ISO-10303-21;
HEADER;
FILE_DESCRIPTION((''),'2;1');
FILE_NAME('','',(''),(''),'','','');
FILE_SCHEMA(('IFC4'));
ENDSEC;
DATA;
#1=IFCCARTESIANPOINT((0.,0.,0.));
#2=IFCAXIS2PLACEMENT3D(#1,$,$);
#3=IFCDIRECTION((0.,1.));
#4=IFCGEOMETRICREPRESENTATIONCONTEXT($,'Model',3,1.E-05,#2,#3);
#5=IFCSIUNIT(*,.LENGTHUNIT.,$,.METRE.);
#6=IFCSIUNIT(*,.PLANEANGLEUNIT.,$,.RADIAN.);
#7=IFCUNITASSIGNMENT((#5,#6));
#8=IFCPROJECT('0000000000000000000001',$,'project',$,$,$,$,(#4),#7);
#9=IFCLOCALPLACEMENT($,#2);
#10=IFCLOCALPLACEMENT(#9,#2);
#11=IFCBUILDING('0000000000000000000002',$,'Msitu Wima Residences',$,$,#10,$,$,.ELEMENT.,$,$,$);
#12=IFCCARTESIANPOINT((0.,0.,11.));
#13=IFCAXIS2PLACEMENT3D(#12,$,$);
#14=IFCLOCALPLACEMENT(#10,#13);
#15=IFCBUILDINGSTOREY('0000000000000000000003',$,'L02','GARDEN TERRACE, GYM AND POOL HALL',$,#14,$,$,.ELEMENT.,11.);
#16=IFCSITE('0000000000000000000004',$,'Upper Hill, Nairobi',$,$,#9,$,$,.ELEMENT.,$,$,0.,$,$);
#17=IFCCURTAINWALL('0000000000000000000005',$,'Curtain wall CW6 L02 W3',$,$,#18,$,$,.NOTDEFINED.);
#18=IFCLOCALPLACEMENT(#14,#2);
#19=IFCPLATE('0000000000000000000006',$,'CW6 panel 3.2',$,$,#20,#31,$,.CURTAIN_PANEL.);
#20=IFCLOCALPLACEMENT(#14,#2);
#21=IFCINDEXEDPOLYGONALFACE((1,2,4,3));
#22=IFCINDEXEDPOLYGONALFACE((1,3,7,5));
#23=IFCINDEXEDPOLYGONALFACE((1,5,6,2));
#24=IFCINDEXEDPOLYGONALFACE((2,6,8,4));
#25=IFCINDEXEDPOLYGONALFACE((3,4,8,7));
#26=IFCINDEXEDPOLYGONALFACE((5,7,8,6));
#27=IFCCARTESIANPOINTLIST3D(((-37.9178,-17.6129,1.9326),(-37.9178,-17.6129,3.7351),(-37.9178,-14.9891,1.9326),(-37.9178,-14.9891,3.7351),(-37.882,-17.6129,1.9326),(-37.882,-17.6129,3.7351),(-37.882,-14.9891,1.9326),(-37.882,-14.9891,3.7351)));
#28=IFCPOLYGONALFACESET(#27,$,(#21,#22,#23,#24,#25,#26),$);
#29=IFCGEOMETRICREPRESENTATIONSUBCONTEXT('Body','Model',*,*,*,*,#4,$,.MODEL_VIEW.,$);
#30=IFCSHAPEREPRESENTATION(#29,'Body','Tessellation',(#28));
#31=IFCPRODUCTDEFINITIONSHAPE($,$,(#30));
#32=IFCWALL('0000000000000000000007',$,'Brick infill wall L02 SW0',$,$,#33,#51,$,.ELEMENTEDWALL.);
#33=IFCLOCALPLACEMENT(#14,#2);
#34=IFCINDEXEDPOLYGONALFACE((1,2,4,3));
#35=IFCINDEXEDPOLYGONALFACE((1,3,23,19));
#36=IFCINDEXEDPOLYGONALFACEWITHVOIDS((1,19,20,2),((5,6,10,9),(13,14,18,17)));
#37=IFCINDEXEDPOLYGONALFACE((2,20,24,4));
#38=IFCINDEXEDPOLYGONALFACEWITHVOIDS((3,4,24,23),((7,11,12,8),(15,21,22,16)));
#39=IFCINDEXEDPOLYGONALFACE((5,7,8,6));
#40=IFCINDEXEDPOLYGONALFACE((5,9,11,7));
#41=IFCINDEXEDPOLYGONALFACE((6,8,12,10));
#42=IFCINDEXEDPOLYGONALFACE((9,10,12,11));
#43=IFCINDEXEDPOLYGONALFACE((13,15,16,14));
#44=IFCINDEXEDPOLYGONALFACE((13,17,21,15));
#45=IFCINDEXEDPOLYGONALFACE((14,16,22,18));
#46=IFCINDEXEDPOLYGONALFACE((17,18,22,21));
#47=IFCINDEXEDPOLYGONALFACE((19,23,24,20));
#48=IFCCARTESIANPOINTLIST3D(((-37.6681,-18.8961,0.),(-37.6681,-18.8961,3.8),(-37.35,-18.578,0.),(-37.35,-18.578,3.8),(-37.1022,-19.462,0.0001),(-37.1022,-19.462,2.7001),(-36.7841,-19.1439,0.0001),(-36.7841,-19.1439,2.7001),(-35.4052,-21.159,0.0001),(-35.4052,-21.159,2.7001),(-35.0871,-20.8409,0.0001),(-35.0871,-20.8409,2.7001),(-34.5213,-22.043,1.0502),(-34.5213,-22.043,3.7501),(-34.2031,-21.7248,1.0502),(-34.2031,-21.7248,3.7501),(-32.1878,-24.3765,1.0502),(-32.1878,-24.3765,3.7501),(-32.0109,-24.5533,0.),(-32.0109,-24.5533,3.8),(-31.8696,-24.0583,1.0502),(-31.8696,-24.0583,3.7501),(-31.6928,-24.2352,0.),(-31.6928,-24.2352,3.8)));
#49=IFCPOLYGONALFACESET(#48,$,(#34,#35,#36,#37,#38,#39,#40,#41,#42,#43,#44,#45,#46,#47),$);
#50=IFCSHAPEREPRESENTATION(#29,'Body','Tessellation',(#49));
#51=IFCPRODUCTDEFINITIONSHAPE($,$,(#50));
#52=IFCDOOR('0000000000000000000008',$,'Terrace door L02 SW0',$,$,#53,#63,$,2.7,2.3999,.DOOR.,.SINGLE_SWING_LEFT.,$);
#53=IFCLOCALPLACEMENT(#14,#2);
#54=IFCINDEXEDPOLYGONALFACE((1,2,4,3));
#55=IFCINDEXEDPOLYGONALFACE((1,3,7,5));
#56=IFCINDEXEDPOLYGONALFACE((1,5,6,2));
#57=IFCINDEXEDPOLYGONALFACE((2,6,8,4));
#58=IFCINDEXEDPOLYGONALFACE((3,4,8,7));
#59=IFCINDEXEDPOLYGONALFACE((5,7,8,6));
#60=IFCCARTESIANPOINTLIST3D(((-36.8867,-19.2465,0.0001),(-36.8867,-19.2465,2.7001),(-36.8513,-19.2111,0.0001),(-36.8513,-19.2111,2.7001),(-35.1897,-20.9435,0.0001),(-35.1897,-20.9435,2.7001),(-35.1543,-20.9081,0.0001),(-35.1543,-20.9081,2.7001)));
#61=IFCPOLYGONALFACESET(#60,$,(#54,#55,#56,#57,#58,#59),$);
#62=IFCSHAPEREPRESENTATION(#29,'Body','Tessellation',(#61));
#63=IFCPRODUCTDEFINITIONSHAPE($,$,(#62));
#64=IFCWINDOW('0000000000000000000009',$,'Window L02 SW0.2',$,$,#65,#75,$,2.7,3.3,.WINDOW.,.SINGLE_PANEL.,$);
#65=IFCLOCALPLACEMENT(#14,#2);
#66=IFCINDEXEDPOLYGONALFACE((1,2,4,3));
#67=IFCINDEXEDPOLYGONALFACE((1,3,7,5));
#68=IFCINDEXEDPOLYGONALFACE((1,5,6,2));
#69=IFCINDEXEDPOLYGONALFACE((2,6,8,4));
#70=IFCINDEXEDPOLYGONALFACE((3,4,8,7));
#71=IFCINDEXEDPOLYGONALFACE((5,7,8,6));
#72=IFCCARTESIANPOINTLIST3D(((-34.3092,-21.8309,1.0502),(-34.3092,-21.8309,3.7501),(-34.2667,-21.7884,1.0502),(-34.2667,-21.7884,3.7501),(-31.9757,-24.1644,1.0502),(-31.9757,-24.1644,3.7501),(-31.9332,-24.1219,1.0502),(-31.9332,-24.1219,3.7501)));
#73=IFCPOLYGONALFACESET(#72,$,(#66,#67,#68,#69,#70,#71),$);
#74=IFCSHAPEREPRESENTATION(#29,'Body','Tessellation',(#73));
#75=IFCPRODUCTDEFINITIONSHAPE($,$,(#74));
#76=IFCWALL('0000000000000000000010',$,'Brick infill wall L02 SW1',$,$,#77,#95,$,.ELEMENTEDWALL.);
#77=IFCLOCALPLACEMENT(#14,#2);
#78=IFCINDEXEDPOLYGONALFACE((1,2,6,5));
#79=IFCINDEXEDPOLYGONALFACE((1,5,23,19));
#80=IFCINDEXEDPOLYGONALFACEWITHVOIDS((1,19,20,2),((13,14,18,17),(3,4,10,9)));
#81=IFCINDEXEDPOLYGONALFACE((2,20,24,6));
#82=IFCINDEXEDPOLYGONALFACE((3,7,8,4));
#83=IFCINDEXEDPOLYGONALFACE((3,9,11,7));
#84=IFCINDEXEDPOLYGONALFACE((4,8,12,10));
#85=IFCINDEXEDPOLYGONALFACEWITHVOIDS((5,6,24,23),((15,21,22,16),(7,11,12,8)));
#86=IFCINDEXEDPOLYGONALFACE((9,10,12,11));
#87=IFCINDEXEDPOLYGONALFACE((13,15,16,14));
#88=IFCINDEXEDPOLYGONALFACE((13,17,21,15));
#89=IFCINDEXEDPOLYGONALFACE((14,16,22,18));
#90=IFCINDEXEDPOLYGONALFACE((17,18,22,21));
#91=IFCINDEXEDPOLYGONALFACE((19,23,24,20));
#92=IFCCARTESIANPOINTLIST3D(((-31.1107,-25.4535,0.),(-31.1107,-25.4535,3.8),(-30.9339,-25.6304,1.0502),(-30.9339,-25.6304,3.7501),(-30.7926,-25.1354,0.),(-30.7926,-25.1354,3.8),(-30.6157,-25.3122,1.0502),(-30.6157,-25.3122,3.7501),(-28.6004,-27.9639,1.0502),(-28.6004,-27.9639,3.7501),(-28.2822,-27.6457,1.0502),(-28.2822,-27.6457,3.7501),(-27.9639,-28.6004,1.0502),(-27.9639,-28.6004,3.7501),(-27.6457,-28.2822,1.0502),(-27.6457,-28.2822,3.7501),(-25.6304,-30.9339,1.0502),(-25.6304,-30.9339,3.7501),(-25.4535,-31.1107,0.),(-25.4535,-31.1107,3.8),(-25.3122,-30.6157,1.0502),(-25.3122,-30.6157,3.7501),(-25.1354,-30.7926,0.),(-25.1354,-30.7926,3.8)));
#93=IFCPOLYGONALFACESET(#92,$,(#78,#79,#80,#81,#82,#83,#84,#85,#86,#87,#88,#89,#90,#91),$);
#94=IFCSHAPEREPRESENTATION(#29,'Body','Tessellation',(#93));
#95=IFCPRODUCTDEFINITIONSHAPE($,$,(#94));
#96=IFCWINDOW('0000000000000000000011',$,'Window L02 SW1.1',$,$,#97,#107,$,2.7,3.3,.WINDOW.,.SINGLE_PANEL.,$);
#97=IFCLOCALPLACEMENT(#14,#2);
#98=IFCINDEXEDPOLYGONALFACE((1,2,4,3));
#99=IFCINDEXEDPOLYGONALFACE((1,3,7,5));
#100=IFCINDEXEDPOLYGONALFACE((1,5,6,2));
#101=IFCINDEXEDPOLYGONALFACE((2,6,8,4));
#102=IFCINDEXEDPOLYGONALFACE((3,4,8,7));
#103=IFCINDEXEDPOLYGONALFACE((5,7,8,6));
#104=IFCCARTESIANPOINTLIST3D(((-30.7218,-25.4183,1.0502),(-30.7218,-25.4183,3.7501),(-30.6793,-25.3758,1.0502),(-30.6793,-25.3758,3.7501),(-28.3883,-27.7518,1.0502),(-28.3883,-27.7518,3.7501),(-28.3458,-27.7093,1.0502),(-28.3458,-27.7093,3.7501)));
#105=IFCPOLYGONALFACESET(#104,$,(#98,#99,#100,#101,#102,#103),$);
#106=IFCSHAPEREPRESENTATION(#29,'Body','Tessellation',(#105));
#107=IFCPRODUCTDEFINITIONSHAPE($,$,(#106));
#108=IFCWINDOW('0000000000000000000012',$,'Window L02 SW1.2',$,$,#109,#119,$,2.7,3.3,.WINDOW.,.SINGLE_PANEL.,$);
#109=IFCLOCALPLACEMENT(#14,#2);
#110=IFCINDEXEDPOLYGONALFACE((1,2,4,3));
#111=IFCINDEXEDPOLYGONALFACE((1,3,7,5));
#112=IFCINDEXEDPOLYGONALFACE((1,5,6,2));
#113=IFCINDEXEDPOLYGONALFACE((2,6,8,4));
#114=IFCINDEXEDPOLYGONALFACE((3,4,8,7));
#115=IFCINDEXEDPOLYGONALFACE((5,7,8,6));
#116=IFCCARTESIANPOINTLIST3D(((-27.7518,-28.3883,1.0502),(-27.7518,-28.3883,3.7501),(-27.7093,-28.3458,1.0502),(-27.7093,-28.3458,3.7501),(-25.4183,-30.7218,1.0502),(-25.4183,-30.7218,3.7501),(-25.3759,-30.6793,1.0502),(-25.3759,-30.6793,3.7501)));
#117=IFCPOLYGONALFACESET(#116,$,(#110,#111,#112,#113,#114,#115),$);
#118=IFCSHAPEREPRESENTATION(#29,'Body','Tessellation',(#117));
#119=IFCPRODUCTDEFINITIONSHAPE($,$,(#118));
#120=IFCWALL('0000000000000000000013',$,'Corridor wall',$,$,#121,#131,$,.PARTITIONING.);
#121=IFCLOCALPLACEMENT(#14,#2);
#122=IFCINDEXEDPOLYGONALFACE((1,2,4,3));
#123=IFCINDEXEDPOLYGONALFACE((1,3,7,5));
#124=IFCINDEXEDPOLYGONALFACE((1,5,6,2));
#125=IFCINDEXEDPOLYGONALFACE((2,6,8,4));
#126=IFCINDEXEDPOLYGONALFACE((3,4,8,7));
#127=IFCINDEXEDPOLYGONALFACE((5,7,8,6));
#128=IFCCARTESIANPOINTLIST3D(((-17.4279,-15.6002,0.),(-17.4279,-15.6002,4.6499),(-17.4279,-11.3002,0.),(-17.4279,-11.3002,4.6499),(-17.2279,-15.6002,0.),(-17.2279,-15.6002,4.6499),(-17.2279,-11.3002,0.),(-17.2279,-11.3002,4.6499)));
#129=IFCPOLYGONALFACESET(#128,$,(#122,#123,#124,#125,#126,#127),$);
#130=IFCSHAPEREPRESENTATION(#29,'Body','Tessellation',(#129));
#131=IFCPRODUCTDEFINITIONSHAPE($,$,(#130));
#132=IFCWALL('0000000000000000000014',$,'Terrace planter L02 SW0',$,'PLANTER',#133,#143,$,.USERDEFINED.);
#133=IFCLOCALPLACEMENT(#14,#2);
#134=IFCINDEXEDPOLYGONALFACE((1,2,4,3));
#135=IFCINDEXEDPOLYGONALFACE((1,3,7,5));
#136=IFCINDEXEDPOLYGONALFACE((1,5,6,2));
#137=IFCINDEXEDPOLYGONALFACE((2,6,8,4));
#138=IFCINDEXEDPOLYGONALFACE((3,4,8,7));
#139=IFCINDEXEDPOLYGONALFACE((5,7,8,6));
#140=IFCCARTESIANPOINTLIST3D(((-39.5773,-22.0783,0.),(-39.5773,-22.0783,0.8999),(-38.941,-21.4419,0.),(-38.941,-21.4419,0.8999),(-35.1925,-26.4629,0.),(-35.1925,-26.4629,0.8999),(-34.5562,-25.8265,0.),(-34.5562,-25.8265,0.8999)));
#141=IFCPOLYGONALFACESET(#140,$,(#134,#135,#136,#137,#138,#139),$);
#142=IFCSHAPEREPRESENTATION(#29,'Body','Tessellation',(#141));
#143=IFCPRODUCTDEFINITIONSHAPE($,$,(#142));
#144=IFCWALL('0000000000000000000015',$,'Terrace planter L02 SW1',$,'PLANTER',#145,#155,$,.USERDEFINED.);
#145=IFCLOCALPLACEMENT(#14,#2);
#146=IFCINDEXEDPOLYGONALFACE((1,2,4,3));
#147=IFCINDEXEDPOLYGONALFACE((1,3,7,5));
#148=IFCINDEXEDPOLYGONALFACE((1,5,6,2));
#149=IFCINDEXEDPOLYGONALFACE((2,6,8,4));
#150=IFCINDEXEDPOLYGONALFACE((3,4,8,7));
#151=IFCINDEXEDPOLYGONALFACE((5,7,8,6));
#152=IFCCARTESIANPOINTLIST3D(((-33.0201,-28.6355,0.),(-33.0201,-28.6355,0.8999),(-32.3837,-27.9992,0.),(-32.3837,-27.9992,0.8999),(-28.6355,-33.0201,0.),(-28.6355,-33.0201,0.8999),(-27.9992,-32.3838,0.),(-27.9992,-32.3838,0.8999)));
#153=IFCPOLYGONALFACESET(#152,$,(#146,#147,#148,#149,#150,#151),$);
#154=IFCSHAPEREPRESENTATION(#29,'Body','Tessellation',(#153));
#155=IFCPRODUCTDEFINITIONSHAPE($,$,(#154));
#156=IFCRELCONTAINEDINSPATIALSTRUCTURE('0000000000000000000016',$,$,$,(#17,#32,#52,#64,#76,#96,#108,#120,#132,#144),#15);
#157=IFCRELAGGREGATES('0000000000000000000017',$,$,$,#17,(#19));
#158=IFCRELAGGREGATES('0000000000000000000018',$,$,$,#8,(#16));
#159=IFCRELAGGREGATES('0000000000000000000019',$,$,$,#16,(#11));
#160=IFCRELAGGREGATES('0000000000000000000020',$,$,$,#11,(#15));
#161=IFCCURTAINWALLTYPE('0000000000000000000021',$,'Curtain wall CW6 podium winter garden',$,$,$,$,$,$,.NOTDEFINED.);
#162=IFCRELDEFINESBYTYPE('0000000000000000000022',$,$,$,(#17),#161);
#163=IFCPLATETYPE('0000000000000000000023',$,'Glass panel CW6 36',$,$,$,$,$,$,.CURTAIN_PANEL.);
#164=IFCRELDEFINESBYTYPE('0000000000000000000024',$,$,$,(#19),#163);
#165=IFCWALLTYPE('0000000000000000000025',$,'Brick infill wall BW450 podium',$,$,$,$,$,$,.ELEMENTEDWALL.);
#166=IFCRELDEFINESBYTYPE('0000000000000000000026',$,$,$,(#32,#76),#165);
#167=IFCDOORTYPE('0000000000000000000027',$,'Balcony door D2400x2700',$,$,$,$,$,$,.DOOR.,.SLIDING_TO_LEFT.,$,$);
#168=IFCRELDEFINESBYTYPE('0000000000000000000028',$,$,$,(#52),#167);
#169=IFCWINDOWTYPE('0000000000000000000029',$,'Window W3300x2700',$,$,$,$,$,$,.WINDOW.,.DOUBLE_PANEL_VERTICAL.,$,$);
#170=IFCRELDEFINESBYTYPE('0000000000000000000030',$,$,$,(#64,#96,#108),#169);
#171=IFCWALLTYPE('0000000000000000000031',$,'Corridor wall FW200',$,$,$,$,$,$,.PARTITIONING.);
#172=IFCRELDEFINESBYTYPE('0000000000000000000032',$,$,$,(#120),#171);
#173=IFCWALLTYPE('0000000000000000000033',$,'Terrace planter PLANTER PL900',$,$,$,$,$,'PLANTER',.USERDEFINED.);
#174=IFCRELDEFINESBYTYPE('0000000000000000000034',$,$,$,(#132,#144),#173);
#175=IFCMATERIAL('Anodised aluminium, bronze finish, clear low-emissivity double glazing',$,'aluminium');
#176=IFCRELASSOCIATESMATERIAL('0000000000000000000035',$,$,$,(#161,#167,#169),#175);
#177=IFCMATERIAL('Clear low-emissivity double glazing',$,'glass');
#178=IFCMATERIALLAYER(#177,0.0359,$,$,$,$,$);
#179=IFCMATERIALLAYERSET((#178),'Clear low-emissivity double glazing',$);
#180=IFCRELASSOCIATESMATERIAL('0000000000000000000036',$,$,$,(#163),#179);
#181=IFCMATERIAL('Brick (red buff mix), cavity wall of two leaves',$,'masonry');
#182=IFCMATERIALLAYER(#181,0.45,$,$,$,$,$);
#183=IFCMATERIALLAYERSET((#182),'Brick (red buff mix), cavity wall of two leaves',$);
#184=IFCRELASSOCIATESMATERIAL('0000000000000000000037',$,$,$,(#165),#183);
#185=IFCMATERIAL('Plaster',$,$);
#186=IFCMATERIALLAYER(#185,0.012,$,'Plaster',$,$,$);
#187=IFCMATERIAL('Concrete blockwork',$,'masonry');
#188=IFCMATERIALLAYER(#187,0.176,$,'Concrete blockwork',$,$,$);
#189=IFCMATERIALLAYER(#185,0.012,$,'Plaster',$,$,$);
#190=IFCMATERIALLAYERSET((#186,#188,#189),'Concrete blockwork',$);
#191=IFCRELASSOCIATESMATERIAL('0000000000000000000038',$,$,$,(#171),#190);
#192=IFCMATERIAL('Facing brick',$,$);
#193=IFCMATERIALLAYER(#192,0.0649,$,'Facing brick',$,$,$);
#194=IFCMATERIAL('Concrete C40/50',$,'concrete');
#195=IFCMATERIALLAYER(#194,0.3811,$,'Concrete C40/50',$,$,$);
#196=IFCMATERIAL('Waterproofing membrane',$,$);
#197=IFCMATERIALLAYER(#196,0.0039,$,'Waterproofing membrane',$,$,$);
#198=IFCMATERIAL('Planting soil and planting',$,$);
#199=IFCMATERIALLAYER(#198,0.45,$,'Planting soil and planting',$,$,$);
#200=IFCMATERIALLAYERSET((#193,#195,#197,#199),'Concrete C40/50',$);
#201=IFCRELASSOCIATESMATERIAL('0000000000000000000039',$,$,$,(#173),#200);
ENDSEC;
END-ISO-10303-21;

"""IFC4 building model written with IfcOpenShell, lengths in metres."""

from ifc_helpers import new_model, si_unit, direction, frame, frame_2d, origin, origin_2d, place, context, subcontext, project, spatial, rectangle, extrude, material, layer, layer_set, type_object, element, fill, aggregate, save


model = new_model("IFC4")

# Units and contexts
model_context = context("Model", 3, precision=1e-05, world=origin(), true_north=direction((0.0, 1.0)))
body_context = subcontext(model_context, "Body", "Model", "MODEL_VIEW")
ifc_project = project(units=[si_unit("LENGTHUNIT", "METRE"), si_unit("PLANEANGLEUNIT", "RADIAN")], contexts=[model_context])

# Site, building, storey
site_placement = place(None, origin())
site = spatial("IfcSite", under=ifc_project, at=site_placement, Name="Upper Hill, Nairobi", CompositionType="ELEMENT", RefElevation=0.0)
building_placement = place(site_placement, origin())
building = spatial("IfcBuilding", under=site, at=building_placement, Name="Msitu Wima Residences", CompositionType="ELEMENT")
storey_placement = place(building_placement, frame((0.0, 0.0, 11.0)))
storey = spatial("IfcBuildingStorey", under=building, at=storey_placement, Name="L02", Description="GARDEN TERRACE, GYM AND POOL HALL", CompositionType="ELEMENT", Elevation=11.0)

# Curtain wall
ifc_material_1 = material(Name="Anodised aluminium, bronze finish, clear low-emissivity double glazing", Category="aluminium")
curtain_wall_type = type_object("IfcCurtainWallType", Name="Curtain wall CW6 podium winter garden", PredefinedType="NOTDEFINED", material=ifc_material_1)
curtain_wall_placement = place(storey_placement, origin())
curtain_wall = element("IfcCurtainWall", 1, at=curtain_wall_placement, inside=storey, type_object=curtain_wall_type, Name="Curtain wall CW6 L02 W3", PredefinedType="NOTDEFINED")

# Plate
ifc_material_2 = material(Name="Clear low-emissivity double glazing", Category="glass")
ifc_layer_1 = layer(ifc_material_2, 0.0359)
ifc_layer_set_1 = layer_set([ifc_layer_1], Name="Clear low-emissivity double glazing")
plate_type = type_object("IfcPlateType", Name="Glass panel CW6 36", PredefinedType="CURTAIN_PANEL", material=ifc_layer_set_1)
plate_1_placement = place(storey_placement, frame((-37.8999, -16.301, 1.9326), z_axis=(0.0, 0.0, 1.0), x_axis=(0.0, -1.0, 0.0)))
plate_1 = element("IfcPlate", 2, at=plate_1_placement, type_object=plate_type, Name="CW6 panel 3.2", PredefinedType="CURTAIN_PANEL", context=body_context, shape_type="SweptSolid", body=[
    extrude(rectangle(XDim=2.6238, YDim=0.0359, at=origin_2d()), origin(), (0.0, 0.0, 1.0), 1.8025),
])
aggregate(curtain_wall, [plate_1])

# Wall, openings, door, window
ifc_material_3 = material(Name="Brick (red buff mix), cavity wall of two leaves", Category="masonry")
ifc_layer_2 = layer(ifc_material_3, 0.45)
ifc_layer_set_2 = layer_set([ifc_layer_2], Name="Brick (red buff mix), cavity wall of two leaves")
wall_type_1 = type_object("IfcWallType", Name="Brick infill wall BW450 podium", PredefinedType="ELEMENTEDWALL", material=ifc_layer_set_2)
wall_1_placement = place(storey_placement, frame((-37.509, -18.7371, 0.0), z_axis=(0.0, 0.0, 1.0), x_axis=(0.707107, -0.707107, 0.0)))
wall_1 = element("IfcWall", 3, at=wall_1_placement, inside=storey, type_object=wall_type_1, Name="Brick infill wall L02 SW0", PredefinedType="ELEMENTEDWALL", context=body_context, shape_type="SweptSolid", body=[
    extrude(rectangle(XDim=8.0005, YDim=0.45, at=frame_2d((4.0002, 0.0))), origin(), (0.0, 0.0, 1.0), 3.8),
])
opening_1_placement = place(wall_1_placement, frame((0.8003, 0.0, 0.0)))
opening_1 = element("IfcOpeningElement", 4, at=opening_1_placement, cuts=wall_1, PredefinedType="OPENING", context=body_context, shape_type="SweptSolid", body=[
    extrude(rectangle(XDim=2.3999, YDim=2.7, at=frame_2d((1.2, 1.3501))), frame((0.0, 0.2349, 0.0), z_axis=(0.0, -1.0, 0.0), x_axis=(1.0, 0.0, 0.0)), (0.0, 0.0, 1.0), 0.47),
])
opening_2_placement = place(wall_1_placement, frame((4.4504, 0.0, 1.05)))
opening_2 = element("IfcOpeningElement", 5, at=opening_2_placement, cuts=wall_1, PredefinedType="OPENING", context=body_context, shape_type="SweptSolid", body=[
    extrude(rectangle(XDim=3.3, YDim=2.7, at=frame_2d((1.6499, 1.3501))), frame((0.0, 0.2349, 0.0), z_axis=(0.0, -1.0, 0.0), x_axis=(1.0, 0.0, 0.0)), (0.0, 0.0, 1.0), 0.47),
])
door_type_1 = type_object("IfcDoorType", Name="Balcony door D2400x2700", OperationType="SLIDING_TO_LEFT", PredefinedType="DOOR", material=ifc_material_1)
door_1_placement = place(opening_1_placement, origin())
door_1 = element("IfcDoor", 6, at=door_1_placement, inside=storey, type_object=door_type_1, Name="Terrace door L02 SW0", OperationType="SINGLE_SWING_LEFT", OverallHeight=2.7, OverallWidth=2.3999, PredefinedType="DOOR", context=body_context, shape_type="SweptSolid", body=[
    extrude(rectangle(XDim=2.3999, YDim=2.7, at=frame_2d((1.2, 1.3501))), frame((0.0, 0.1299, 0.0), z_axis=(0.0, -1.0, 0.0), x_axis=(1.0, 0.0, 0.0)), (0.0, 0.0, 1.0), 0.05),
])
fill(opening_1, door_1)
window_type = type_object("IfcWindowType", Name="Window W3300x2700", PartitioningType="DOUBLE_PANEL_VERTICAL", PredefinedType="WINDOW", material=ifc_material_1)
window_1_placement = place(opening_2_placement, origin())
window_1 = element("IfcWindow", 7, at=window_1_placement, inside=storey, type_object=window_type, Name="Window L02 SW0.2", OverallHeight=2.7, OverallWidth=3.3, PartitioningType="SINGLE_PANEL", PredefinedType="WINDOW", context=body_context, shape_type="SweptSolid", body=[
    extrude(rectangle(XDim=3.3, YDim=2.7, at=frame_2d((1.6499, 1.3501))), frame((0.0, 0.135, 0.0), z_axis=(0.0, -1.0, 0.0), x_axis=(1.0, 0.0, 0.0)), (0.0, 0.0, 1.0), 0.0601),
])
fill(opening_2, window_1)

# Wall, openings, windows
wall_2_placement = place(storey_placement, frame((-30.9517, -25.2944, 0.0), z_axis=(0.0, 0.0, 1.0), x_axis=(0.707107, -0.707107, 0.0)))
wall_2 = element("IfcWall", 8, at=wall_2_placement, inside=storey, type_object=wall_type_1, Name="Brick infill wall L02 SW1", PredefinedType="ELEMENTEDWALL", context=body_context, shape_type="SweptSolid", body=[
    extrude(rectangle(XDim=8.0005, YDim=0.45, at=frame_2d((4.0002, 0.0))), origin(), (0.0, 0.0, 1.0), 3.8),
])
opening_3_placement = place(wall_2_placement, frame((0.2502, 0.0, 1.05)))
opening_3 = element("IfcOpeningElement", 9, at=opening_3_placement, cuts=wall_2, PredefinedType="OPENING", context=body_context, shape_type="SweptSolid", body=[
    extrude(rectangle(XDim=3.3, YDim=2.7, at=frame_2d((1.6499, 1.3501))), frame((0.0, 0.2349, 0.0), z_axis=(0.0, -1.0, 0.0), x_axis=(1.0, 0.0, 0.0)), (0.0, 0.0, 1.0), 0.47),
])
opening_4_placement = place(wall_2_placement, frame((4.4504, 0.0, 1.05)))
opening_4 = element("IfcOpeningElement", 10, at=opening_4_placement, cuts=wall_2, PredefinedType="OPENING", context=body_context, shape_type="SweptSolid", body=[
    extrude(rectangle(XDim=3.3, YDim=2.7, at=frame_2d((1.6499, 1.3501))), frame((0.0, 0.2349, 0.0), z_axis=(0.0, -1.0, 0.0), x_axis=(1.0, 0.0, 0.0)), (0.0, 0.0, 1.0), 0.47),
])
window_2_placement = place(opening_3_placement, origin())
window_2 = element("IfcWindow", 11, at=window_2_placement, inside=storey, type_object=window_type, Name="Window L02 SW1.1", OverallHeight=2.7, OverallWidth=3.3, PartitioningType="SINGLE_PANEL", PredefinedType="WINDOW", context=body_context, shape_type="SweptSolid", body=[
    extrude(rectangle(XDim=3.3, YDim=2.7, at=frame_2d((1.6499, 1.3501))), frame((0.0, 0.135, 0.0), z_axis=(0.0, -1.0, 0.0), x_axis=(1.0, 0.0, 0.0)), (0.0, 0.0, 1.0), 0.0601),
])
fill(opening_3, window_2)
window_3_placement = place(opening_4_placement, origin())
window_3 = element("IfcWindow", 12, at=window_3_placement, inside=storey, type_object=window_type, Name="Window L02 SW1.2", OverallHeight=2.7, OverallWidth=3.3, PartitioningType="SINGLE_PANEL", PredefinedType="WINDOW", context=body_context, shape_type="SweptSolid", body=[
    extrude(rectangle(XDim=3.3, YDim=2.7, at=frame_2d((1.6499, 1.3501))), frame((0.0, 0.135, 0.0), z_axis=(0.0, -1.0, 0.0), x_axis=(1.0, 0.0, 0.0)), (0.0, 0.0, 1.0), 0.0601),
])
fill(opening_4, window_3)

# Wall
ifc_material_4 = material(Name="Plaster")
ifc_layer_3 = layer(ifc_material_4, 0.012, Name="Plaster")
ifc_material_5 = material(Name="Concrete blockwork", Category="masonry")
ifc_layer_4 = layer(ifc_material_5, 0.176, Name="Concrete blockwork")
ifc_layer_5 = layer(ifc_material_4, 0.012, Name="Plaster")
ifc_layer_set_3 = layer_set([ifc_layer_3, ifc_layer_4, ifc_layer_5], Name="Concrete blockwork")
wall_type_2 = type_object("IfcWallType", Name="Corridor wall FW200", PredefinedType="PARTITIONING", material=ifc_layer_set_3)
wall_3_placement = place(storey_placement, frame((-17.3279, -15.6001, 0.0), z_axis=(0.0, 0.0, 1.0), x_axis=(0.0, 1.0, 0.0)))
element("IfcWall", 13, at=wall_3_placement, inside=storey, type_object=wall_type_2, Name="Corridor wall", PredefinedType="PARTITIONING", context=body_context, shape_type="SweptSolid", body=[
    extrude(rectangle(XDim=4.3, YDim=0.2, at=frame_2d((2.1499, 0.0))), origin(), (0.0, 0.0, 1.0), 4.6499),
])

# Walls
ifc_material_6 = material(Name="Facing brick")
ifc_layer_6 = layer(ifc_material_6, 0.0649, Name="Facing brick")
ifc_material_7 = material(Name="Concrete C40/50", Category="concrete")
ifc_layer_7 = layer(ifc_material_7, 0.3811, Name="Concrete C40/50")
ifc_material_8 = material(Name="Waterproofing membrane")
ifc_layer_8 = layer(ifc_material_8, 0.0039, Name="Waterproofing membrane")
ifc_material_9 = material(Name="Planting soil and planting")
ifc_layer_9 = layer(ifc_material_9, 0.45, Name="Planting soil and planting")
ifc_layer_set_4 = layer_set([ifc_layer_6, ifc_layer_7, ifc_layer_8, ifc_layer_9], Name="Concrete C40/50")
wall_type_3 = type_object("IfcWallType", Name="Terrace planter PLANTER PL900", ElementType="PLANTER", PredefinedType="USERDEFINED", material=ifc_layer_set_4)
wall_4_placement = place(storey_placement, frame((-39.2593, -21.76, 0.0), z_axis=(0.0, 0.0, 1.0), x_axis=(0.707126, -0.707087, 0.0)))
element("IfcWall", 14, at=wall_4_placement, inside=storey, type_object=wall_type_3, Name="Terrace planter L02 SW0", ObjectType="PLANTER", PredefinedType="USERDEFINED", context=body_context, shape_type="SweptSolid", body=[
    extrude(rectangle(XDim=6.2009, YDim=0.8999, at=frame_2d((3.1006, 0.0))), origin(), (0.0, 0.0, 1.0), 0.8999),
])
wall_5_placement = place(storey_placement, frame((-32.7019, -28.3174, 0.0), z_axis=(0.0, 0.0, 1.0), x_axis=(0.707107, -0.707107, 0.0)))
element("IfcWall", 15, at=wall_5_placement, inside=storey, type_object=wall_type_3, Name="Terrace planter L02 SW1", ObjectType="PLANTER", PredefinedType="USERDEFINED", context=body_context, shape_type="SweptSolid", body=[
    extrude(rectangle(XDim=6.2007, YDim=0.8999, at=frame_2d((3.1003, 0.0))), origin(), (0.0, 0.0, 1.0), 0.8999),
])

save(model, "model.ifc")
